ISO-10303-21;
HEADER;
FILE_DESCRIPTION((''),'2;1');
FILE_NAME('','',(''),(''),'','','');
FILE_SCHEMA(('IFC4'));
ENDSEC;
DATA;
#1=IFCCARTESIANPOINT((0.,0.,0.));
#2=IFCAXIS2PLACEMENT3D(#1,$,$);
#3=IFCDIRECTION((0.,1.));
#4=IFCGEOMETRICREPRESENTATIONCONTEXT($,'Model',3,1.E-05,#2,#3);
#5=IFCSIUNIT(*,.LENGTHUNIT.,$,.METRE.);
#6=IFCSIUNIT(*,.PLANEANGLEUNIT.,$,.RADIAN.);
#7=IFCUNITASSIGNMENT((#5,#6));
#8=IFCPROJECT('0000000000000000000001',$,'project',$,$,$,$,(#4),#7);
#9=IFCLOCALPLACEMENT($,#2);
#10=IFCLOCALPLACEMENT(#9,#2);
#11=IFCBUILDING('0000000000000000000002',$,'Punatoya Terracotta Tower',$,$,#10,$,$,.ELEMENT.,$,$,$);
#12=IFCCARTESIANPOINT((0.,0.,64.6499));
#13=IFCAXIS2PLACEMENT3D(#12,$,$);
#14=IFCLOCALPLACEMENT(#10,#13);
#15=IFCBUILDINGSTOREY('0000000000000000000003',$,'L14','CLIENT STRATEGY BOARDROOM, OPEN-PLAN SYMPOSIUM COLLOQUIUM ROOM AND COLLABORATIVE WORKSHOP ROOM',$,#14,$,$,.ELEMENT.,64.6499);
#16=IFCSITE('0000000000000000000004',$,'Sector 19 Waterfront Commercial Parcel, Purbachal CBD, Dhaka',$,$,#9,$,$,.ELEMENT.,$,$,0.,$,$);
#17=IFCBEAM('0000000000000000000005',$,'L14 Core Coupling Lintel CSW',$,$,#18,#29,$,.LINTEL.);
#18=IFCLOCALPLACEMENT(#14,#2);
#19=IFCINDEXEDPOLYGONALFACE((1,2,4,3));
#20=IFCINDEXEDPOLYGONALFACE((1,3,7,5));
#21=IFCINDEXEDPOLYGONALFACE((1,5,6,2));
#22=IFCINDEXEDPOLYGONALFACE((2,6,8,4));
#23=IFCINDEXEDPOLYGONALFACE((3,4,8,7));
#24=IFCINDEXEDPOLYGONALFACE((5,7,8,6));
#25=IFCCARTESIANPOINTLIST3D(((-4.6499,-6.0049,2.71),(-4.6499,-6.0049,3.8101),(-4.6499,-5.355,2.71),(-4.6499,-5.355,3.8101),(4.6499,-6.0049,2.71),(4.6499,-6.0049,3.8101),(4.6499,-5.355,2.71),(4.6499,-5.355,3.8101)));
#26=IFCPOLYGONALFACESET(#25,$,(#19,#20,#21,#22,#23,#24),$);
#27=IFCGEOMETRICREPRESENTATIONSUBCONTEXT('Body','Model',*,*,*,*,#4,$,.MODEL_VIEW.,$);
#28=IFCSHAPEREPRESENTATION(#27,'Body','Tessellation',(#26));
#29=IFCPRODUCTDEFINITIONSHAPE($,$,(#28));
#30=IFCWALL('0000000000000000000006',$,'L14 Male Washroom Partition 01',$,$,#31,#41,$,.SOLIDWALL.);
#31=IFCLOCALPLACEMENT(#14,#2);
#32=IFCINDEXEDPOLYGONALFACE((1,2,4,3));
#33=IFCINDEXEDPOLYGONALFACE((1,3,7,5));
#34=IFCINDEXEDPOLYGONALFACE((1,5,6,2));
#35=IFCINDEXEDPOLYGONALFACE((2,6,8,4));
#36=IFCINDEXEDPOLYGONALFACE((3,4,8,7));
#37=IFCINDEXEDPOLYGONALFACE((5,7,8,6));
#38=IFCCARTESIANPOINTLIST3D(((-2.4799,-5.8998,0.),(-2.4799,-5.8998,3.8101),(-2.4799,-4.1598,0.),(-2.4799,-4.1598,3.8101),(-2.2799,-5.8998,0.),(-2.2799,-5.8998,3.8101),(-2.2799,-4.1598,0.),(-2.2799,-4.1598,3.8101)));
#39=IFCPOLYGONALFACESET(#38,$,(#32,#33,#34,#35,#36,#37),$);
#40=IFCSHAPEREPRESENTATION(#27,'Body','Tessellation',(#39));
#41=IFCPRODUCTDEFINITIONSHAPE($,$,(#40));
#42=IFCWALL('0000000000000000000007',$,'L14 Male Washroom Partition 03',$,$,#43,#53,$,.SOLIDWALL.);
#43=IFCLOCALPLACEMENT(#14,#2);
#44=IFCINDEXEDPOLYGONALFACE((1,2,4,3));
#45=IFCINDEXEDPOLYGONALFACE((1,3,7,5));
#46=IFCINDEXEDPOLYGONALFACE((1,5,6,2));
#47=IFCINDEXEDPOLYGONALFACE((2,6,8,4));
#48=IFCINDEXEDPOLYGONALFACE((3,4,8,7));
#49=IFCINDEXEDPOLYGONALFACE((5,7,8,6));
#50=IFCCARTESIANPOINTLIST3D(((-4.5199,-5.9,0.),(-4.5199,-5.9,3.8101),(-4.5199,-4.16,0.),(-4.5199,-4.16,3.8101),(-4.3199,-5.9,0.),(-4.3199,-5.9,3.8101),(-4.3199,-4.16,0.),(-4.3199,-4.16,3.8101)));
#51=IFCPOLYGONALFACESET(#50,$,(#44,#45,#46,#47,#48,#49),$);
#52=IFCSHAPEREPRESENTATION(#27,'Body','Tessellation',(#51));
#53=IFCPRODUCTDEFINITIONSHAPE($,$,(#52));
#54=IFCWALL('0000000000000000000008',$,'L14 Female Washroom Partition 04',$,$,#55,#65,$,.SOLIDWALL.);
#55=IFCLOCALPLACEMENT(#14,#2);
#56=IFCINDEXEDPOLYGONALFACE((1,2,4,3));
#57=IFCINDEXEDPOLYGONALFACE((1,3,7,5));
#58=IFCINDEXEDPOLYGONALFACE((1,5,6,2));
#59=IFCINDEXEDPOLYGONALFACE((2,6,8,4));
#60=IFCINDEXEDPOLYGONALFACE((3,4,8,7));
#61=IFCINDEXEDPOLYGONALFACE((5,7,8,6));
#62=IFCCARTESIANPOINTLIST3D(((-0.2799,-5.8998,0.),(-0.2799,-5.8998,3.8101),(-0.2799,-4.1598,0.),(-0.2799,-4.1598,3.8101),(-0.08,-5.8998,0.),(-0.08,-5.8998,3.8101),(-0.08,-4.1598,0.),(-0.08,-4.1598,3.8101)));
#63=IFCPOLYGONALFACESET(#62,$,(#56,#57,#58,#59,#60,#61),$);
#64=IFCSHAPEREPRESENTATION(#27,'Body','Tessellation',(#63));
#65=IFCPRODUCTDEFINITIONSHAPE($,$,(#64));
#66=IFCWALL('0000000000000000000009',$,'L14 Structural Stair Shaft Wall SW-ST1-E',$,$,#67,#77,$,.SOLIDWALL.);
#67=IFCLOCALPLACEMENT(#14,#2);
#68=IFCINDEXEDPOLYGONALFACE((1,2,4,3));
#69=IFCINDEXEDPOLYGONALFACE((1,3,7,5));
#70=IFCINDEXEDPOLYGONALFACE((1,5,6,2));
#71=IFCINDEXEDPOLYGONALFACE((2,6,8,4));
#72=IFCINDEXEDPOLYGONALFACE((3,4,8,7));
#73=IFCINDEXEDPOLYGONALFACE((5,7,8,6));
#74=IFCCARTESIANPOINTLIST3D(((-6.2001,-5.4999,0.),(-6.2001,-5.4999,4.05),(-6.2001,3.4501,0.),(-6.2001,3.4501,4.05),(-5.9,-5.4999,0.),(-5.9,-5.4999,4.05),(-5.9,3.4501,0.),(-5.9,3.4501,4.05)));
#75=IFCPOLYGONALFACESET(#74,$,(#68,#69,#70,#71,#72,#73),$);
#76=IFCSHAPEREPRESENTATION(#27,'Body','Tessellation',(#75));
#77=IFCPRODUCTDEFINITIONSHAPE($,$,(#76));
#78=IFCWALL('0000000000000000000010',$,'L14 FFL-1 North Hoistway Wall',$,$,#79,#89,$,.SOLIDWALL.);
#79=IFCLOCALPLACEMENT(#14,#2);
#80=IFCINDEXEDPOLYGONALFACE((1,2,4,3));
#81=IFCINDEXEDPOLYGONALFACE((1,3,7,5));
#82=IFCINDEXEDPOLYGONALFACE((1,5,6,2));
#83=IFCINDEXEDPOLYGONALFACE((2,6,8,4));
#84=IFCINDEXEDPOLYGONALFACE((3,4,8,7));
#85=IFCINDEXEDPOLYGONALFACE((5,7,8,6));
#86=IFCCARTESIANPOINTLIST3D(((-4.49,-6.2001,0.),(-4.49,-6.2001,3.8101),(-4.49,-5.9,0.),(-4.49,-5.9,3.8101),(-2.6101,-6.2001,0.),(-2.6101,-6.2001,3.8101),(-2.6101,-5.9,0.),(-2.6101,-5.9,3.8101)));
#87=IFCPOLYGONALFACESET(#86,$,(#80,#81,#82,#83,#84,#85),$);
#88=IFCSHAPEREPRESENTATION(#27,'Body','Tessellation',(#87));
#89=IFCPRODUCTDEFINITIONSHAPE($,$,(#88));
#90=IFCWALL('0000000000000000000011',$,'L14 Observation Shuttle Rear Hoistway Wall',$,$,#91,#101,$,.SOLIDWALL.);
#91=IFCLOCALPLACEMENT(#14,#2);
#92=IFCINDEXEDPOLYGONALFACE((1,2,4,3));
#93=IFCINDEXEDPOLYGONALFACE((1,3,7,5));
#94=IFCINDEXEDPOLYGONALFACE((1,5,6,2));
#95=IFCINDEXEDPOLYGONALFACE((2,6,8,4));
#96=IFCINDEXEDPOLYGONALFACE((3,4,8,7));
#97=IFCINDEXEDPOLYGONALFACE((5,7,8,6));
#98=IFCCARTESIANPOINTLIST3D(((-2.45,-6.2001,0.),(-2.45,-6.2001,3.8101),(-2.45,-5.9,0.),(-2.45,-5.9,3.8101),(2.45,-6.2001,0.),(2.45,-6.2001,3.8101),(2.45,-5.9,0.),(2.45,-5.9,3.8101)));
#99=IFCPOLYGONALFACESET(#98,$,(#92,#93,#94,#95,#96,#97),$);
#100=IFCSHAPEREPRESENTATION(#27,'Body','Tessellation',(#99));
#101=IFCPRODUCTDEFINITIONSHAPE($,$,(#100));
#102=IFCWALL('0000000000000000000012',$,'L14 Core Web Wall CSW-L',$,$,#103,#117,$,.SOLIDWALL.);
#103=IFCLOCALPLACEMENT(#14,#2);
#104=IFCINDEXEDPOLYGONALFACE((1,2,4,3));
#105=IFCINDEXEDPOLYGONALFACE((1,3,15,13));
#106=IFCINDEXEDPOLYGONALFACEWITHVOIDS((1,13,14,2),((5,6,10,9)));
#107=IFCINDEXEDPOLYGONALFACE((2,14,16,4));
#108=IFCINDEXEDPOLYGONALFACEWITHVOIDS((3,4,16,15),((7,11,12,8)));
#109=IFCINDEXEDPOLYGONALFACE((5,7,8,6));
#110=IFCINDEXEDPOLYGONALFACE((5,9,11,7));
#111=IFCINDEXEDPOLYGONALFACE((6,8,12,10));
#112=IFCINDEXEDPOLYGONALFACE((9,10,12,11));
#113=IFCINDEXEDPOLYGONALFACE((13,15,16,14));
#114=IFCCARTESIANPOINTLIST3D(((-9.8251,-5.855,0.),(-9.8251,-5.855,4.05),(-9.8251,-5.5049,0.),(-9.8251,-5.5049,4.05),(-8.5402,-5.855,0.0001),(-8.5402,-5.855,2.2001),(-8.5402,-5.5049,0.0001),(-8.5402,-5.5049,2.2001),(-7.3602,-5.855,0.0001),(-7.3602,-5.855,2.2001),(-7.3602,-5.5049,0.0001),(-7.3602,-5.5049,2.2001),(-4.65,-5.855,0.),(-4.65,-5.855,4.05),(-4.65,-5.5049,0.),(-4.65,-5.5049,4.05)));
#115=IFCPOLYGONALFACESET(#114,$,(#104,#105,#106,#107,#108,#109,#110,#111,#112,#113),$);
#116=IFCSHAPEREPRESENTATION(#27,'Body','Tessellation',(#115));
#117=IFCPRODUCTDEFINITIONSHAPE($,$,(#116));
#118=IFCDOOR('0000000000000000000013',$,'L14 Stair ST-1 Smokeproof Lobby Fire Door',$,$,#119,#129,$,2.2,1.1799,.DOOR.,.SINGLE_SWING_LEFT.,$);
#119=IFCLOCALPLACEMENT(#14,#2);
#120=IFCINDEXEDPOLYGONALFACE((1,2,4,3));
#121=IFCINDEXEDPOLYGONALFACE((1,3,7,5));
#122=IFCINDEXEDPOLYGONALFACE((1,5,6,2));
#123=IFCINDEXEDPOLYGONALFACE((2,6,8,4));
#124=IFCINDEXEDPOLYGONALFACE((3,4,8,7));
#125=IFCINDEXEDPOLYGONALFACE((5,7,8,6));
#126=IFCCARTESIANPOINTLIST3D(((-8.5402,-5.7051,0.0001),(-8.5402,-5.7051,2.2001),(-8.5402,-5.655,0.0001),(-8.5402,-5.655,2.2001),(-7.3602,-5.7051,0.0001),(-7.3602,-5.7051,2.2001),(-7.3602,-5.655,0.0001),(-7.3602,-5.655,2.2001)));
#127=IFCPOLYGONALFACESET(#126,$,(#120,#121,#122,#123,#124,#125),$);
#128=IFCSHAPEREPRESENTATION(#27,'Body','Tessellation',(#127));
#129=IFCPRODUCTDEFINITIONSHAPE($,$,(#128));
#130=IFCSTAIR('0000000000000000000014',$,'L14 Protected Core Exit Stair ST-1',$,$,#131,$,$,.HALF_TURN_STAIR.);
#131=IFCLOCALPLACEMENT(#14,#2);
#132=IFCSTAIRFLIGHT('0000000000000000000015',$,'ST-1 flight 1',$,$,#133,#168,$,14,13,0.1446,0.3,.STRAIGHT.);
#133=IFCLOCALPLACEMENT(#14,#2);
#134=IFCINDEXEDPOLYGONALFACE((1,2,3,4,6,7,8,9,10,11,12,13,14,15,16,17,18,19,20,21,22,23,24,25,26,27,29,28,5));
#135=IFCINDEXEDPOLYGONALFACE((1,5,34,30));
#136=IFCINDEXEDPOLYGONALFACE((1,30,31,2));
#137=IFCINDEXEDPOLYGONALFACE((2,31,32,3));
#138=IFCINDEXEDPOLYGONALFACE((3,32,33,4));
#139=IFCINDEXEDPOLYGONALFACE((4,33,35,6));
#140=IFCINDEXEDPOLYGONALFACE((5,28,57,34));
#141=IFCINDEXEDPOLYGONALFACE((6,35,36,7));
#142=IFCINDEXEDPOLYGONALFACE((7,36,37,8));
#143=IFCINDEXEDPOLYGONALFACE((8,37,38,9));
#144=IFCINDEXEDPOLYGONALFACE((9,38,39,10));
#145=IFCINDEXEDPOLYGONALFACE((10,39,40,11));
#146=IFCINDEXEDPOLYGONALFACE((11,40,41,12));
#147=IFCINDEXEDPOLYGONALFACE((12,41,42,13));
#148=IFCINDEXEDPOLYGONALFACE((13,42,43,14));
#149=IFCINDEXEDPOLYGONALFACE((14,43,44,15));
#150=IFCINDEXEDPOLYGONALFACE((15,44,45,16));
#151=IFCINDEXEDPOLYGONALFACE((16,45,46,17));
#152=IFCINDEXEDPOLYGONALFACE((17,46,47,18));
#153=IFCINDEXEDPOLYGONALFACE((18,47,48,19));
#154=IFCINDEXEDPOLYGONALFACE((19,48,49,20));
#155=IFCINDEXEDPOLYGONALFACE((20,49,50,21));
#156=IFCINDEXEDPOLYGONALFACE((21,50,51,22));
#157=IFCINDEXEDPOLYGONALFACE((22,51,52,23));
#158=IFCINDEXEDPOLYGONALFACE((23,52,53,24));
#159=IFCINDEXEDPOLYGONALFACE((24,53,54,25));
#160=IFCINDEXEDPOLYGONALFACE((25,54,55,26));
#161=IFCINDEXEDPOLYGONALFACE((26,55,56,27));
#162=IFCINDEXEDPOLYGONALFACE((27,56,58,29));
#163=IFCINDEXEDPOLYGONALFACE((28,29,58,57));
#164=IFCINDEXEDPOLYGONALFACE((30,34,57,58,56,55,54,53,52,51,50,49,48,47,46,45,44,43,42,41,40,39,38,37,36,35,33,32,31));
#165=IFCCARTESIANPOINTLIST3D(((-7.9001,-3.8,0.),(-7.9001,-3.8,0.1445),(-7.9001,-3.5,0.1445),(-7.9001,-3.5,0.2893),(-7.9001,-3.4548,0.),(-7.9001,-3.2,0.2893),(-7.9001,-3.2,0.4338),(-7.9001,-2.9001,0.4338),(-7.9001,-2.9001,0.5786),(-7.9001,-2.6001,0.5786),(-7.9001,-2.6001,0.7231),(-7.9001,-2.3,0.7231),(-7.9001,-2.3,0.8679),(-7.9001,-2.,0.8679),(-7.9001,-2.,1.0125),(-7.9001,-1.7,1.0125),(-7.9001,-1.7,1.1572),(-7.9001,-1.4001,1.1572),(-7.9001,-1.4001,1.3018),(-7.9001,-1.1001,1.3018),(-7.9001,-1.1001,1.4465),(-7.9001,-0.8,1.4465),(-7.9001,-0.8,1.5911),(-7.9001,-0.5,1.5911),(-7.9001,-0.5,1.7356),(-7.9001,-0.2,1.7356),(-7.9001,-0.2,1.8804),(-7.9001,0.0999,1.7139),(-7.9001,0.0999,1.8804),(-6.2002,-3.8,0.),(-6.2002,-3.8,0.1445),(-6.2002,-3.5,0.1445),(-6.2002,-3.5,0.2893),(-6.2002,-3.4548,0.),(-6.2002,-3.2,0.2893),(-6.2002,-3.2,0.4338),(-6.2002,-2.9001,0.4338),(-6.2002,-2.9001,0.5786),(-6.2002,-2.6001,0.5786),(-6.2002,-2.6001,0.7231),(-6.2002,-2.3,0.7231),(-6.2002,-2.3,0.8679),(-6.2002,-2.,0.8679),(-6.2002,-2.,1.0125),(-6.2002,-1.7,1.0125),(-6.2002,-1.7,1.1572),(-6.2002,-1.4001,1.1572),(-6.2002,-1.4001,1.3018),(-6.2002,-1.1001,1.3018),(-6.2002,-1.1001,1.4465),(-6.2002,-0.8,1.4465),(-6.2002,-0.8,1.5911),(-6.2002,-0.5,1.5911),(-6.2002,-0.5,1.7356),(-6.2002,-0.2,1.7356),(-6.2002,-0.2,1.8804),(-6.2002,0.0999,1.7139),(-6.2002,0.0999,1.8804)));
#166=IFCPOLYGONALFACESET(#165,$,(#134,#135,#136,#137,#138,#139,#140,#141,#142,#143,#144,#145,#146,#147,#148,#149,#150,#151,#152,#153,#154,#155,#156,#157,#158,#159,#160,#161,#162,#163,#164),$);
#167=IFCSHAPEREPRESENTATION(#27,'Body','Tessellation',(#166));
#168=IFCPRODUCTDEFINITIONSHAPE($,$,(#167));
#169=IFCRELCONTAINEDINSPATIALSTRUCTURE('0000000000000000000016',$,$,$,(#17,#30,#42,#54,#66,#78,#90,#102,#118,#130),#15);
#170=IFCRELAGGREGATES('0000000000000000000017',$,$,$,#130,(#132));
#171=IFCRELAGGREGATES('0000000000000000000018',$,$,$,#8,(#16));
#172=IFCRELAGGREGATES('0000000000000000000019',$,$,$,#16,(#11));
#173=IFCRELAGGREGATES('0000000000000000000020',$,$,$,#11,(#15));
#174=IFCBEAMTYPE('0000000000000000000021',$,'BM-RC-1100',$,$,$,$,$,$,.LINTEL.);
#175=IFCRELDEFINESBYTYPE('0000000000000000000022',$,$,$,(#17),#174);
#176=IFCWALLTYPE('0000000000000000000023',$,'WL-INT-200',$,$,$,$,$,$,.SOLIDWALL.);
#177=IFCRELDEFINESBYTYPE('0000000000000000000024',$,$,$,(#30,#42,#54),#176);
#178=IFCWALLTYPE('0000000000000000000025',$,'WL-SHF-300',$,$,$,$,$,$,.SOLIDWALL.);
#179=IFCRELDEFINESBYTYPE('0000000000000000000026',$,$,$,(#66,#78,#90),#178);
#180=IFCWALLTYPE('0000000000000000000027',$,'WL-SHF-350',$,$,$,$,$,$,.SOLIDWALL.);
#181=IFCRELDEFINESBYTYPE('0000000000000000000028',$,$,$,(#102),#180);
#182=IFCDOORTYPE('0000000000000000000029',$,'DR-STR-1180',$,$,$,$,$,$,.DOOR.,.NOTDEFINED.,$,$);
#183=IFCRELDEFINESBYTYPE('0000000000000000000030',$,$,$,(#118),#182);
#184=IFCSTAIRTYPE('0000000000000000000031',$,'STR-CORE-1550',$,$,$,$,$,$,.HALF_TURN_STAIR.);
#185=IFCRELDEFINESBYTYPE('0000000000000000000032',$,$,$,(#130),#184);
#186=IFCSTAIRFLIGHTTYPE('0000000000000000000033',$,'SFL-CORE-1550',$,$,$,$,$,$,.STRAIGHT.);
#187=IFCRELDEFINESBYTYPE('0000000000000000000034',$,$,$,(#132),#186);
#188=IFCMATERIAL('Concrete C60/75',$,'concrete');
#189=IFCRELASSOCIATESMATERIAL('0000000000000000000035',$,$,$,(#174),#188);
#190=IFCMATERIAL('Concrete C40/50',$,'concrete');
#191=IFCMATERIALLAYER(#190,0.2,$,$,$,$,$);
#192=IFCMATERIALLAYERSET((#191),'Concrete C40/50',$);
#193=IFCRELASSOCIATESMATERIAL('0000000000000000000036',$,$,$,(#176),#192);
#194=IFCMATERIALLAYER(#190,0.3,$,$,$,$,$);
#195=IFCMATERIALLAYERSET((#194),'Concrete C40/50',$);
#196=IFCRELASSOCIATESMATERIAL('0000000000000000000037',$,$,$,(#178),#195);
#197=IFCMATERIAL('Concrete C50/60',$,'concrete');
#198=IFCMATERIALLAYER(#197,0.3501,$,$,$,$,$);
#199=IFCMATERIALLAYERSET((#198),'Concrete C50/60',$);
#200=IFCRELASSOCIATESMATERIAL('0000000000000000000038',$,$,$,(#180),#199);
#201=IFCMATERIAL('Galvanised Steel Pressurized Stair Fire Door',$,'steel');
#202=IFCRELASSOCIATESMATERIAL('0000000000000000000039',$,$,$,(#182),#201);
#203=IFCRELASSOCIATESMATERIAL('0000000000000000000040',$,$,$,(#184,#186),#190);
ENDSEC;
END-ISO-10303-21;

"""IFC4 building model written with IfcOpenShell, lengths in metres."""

from ifc_helpers import new_model, si_unit, direction, frame, frame_2d, origin, origin_2d, place, context, subcontext, project, spatial, polyline, rectangle, outline, extrude, material, layer, layer_set, material_profile, profile_set, type_object, element, fill, aggregate, save


model = new_model("IFC4")

# Units and contexts
model_context = context("Model", 3, precision=1e-05, world=origin(), true_north=direction((0.0, 1.0)))
body_context = subcontext(model_context, "Body", "Model", "MODEL_VIEW")
ifc_project = project(units=[si_unit("LENGTHUNIT", "METRE"), si_unit("PLANEANGLEUNIT", "RADIAN")], contexts=[model_context])

# Site, building, storey
site_placement = place(None, origin())
site = spatial("IfcSite", under=ifc_project, at=site_placement, Name="Sector 19 Waterfront Commercial Parcel, Purbachal CBD, Dhaka", CompositionType="ELEMENT", RefElevation=0.0)
building_placement = place(site_placement, origin())
building = spatial("IfcBuilding", under=site, at=building_placement, Name="Punatoya Terracotta Tower", CompositionType="ELEMENT")
storey_placement = place(building_placement, frame((0.0, 0.0, 64.6499)))
storey = spatial("IfcBuildingStorey", under=building, at=storey_placement, Name="L14", Description="CLIENT STRATEGY BOARDROOM, OPEN-PLAN SYMPOSIUM COLLOQUIUM ROOM AND COLLABORATIVE WORKSHOP ROOM", CompositionType="ELEMENT", Elevation=64.6499)

# Beam
ifc_material_1 = material(Name="Concrete C60/75", Category="concrete")
ifc_material_profile = material_profile(ifc_material_1, rectangle(XDim=0.6499, YDim=1.1001, at=origin_2d()))
ifc_profile_set = profile_set([ifc_material_profile], Name="Concrete C60/75")
beam_type = type_object("IfcBeamType", Name="BM-RC-1100", PredefinedType="LINTEL", material=ifc_profile_set)
beam_placement = place(storey_placement, frame((-4.6499, -5.6799, 3.26), z_axis=(1.0, 0.0, 0.0), x_axis=(0.0, 1.0, 0.0)))
element("IfcBeam", 1, at=beam_placement, inside=storey, type_object=beam_type, Name="L14 Core Coupling Lintel CSW", PredefinedType="LINTEL", context=body_context, shape_type="SweptSolid", body=[
    extrude(rectangle(XDim=0.6499, YDim=1.1001, at=origin_2d()), origin(), (0.0, 0.0, 1.0), 9.2998),
])

# Wall
ifc_material_2 = material(Name="Concrete C40/50", Category="concrete")
ifc_layer_1 = layer(ifc_material_2, 0.2)
ifc_layer_set_1 = layer_set([ifc_layer_1], Name="Concrete C40/50")
wall_type_1 = type_object("IfcWallType", Name="WL-INT-200", PredefinedType="SOLIDWALL", material=ifc_layer_set_1)
wall_1_placement = place(storey_placement, frame((-2.3799, -5.8999, 0.0), z_axis=(0.0, 0.0, 1.0), x_axis=(0.0, 1.0, 0.0)))
element("IfcWall", 2, at=wall_1_placement, inside=storey, type_object=wall_type_1, Name="L14 Male Washroom Partition 01", PredefinedType="SOLIDWALL", context=body_context, shape_type="SweptSolid", body=[
    extrude(rectangle(XDim=1.74, YDim=0.2, at=frame_2d((0.8701, 0.0))), origin(), (0.0, 0.0, 1.0), 3.8101),
])

# Walls
for number, where, z_axis, x_axis, name in (
    (3, (-4.4199, -4.1599, 0.0), (0.0, 0.0, 1.0), (0.0, -1.0, 0.0), "L14 Male Washroom Partition 03"),
    (4, (-0.1799, -5.8999, 0.0), (0.0, 0.0, 1.0), (0.0, 1.0, 0.0), "L14 Female Washroom Partition 04"),
):
    element("IfcWall", number, at=place(storey_placement, frame(where, z_axis=z_axis, x_axis=x_axis)), inside=storey, type_object=wall_type_1, Name=name, PredefinedType="SOLIDWALL", context=body_context, shape_type="SweptSolid", body=[
        extrude(rectangle(XDim=1.74, YDim=0.2, at=frame_2d((0.8701, 0.0))), origin(), (0.0, 0.0, 1.0), 3.8101),
    ])

# Walls
ifc_layer_2 = layer(ifc_material_2, 0.3)
ifc_layer_set_2 = layer_set([ifc_layer_2], Name="Concrete C40/50")
wall_type_2 = type_object("IfcWallType", Name="WL-SHF-300", PredefinedType="SOLIDWALL", material=ifc_layer_set_2)
wall_2_placement = place(storey_placement, frame((-6.05, -5.5, 0.0), z_axis=(0.0, 0.0, 1.0), x_axis=(0.0, 1.0, 0.0)))
element("IfcWall", 5, at=wall_2_placement, inside=storey, type_object=wall_type_2, Name="L14 Structural Stair Shaft Wall SW-ST1-E", PredefinedType="SOLIDWALL", context=body_context, shape_type="SweptSolid", body=[
    extrude(rectangle(XDim=8.95, YDim=0.3, at=frame_2d((4.4751, 0.0))), origin(), (0.0, 0.0, 1.0), 4.05),
])
wall_3_placement = place(storey_placement, frame((-4.49, -6.05, 0.0), z_axis=(0.0, 0.0, 1.0), x_axis=(1.0, 0.0, 0.0)))
element("IfcWall", 6, at=wall_3_placement, inside=storey, type_object=wall_type_2, Name="L14 FFL-1 North Hoistway Wall", PredefinedType="SOLIDWALL", context=body_context, shape_type="SweptSolid", body=[
    extrude(rectangle(XDim=1.8799, YDim=0.3, at=frame_2d((0.9399, 0.0))), origin(), (0.0, 0.0, 1.0), 3.8101),
])
wall_4_placement = place(storey_placement, frame((-2.45, -6.05, 0.0), z_axis=(0.0, 0.0, 1.0), x_axis=(1.0, 0.0, 0.0)))
element("IfcWall", 7, at=wall_4_placement, inside=storey, type_object=wall_type_2, Name="L14 Observation Shuttle Rear Hoistway Wall", PredefinedType="SOLIDWALL", context=body_context, shape_type="SweptSolid", body=[
    extrude(rectangle(XDim=4.8999, YDim=0.3, at=frame_2d((2.45, 0.0))), origin(), (0.0, 0.0, 1.0), 3.8101),
])

# Wall, opening, door
ifc_material_3 = material(Name="Concrete C50/60", Category="concrete")
ifc_layer_3 = layer(ifc_material_3, 0.3501)
ifc_layer_set_3 = layer_set([ifc_layer_3], Name="Concrete C50/60")
wall_type_3 = type_object("IfcWallType", Name="WL-SHF-350", PredefinedType="SOLIDWALL", material=ifc_layer_set_3)
wall_5_placement = place(storey_placement, frame((-9.825, -5.6799, 0.0), z_axis=(0.0, 0.0, 1.0), x_axis=(1.0, 0.0, 0.0)))
wall_5 = element("IfcWall", 8, at=wall_5_placement, inside=storey, type_object=wall_type_3, Name="L14 Core Web Wall CSW-L", PredefinedType="SOLIDWALL", context=body_context, shape_type="SweptSolid", body=[
    extrude(rectangle(XDim=5.175, YDim=0.3501, at=frame_2d((2.5874, 0.0))), origin(), (0.0, 0.0, 1.0), 4.05),
])
opening_1_placement = place(wall_5_placement, frame((1.2849, 0.0, 0.0)))
opening_1 = element("IfcOpeningElement", 9, at=opening_1_placement, cuts=wall_5, PredefinedType="OPENING", context=body_context, shape_type="SweptSolid", body=[
    extrude(rectangle(XDim=1.1799, YDim=2.2, at=frame_2d((0.5898, 1.1001))), frame((0.0, 0.1851, 0.0), z_axis=(0.0, -1.0, 0.0), x_axis=(1.0, 0.0, 0.0)), (0.0, 0.0, 1.0), 0.3701),
])
ifc_material_4 = material(Name="Galvanised Steel Pressurized Stair Fire Door", Category="steel")
door_type_1 = type_object("IfcDoorType", Name="DR-STR-1180", OperationType="NOTDEFINED", PredefinedType="DOOR", material=ifc_material_4)
door_1_placement = place(opening_1_placement, origin())
door_1 = element("IfcDoor", 10, at=door_1_placement, inside=storey, type_object=door_type_1, Name="L14 Stair ST-1 Smokeproof Lobby Fire Door", OperationType="SINGLE_SWING_LEFT", OverallHeight=2.2, OverallWidth=1.1799, PredefinedType="DOOR", context=body_context, shape_type="SweptSolid", body=[
    extrude(rectangle(XDim=1.1799, YDim=2.2, at=frame_2d((0.5898, 1.1001))), frame((0.0, 0.0249, 0.0), z_axis=(0.0, -1.0, 0.0), x_axis=(1.0, 0.0, 0.0)), (0.0, 0.0, 1.0), 0.05),
])
fill(opening_1, door_1)

# Stair, stair flight
stair_type = type_object("IfcStairType", Name="STR-CORE-1550", PredefinedType="HALF_TURN_STAIR", material=ifc_material_2)
stair_placement = place(storey_placement, origin())
stair = element("IfcStair", 11, at=stair_placement, inside=storey, type_object=stair_type, Name="L14 Protected Core Exit Stair ST-1", PredefinedType="HALF_TURN_STAIR")
stair_flight_type = type_object("IfcStairFlightType", Name="SFL-CORE-1550", PredefinedType="STRAIGHT", material=ifc_material_2)
stair_flight_placement = place(storey_placement, frame((-7.05, -3.8, 0.0), z_axis=(0.0, 0.0, 1.0), x_axis=(0.0, 1.0, 0.0)))
stair_flight = element("IfcStairFlight", 12, at=stair_flight_placement, type_object=stair_flight_type, Name="ST-1 flight 1", NumberOfRisers=14, NumberOfTreads=13, PredefinedType="STRAIGHT", RiserHeight=0.1446, TreadLength=0.3, context=body_context, shape_type="SweptSolid", body=[
    extrude(outline(polyline([(0.0, 0.0), (0.0, 0.1445), (0.3, 0.1445), (0.3, 0.2893), (0.6001, 0.2893), (0.6001, 0.4338), (0.8999, 0.4338), (0.8999, 0.5786), (1.2, 0.5786), (1.2, 0.7231), (1.5, 0.7231), (1.5, 0.8679), (1.8, 0.8679), (1.8, 1.0125), (2.1001, 1.0125), (2.1001, 1.1572), (2.3999, 1.1572), (2.3999, 1.3018), (2.7, 1.3018), (2.7, 1.4465), (3.0, 1.4465), (3.0, 1.5911), (3.3, 1.5911), (3.3, 1.7356), (3.6001, 1.7356), (3.6001, 1.8804), (3.8999, 1.8804), (3.8999, 2.0249), (3.8999, 1.7139), (0.3452, 0.0), (0.0, 0.0)])), frame((0.0, 0.8501, 0.0), z_axis=(0.0, -1.0, 0.0), x_axis=(1.0, 0.0, 0.0)), (0.0, 0.0, 1.0), 1.7),
])
aggregate(stair, [stair_flight])

save(model, "model.ifc")
